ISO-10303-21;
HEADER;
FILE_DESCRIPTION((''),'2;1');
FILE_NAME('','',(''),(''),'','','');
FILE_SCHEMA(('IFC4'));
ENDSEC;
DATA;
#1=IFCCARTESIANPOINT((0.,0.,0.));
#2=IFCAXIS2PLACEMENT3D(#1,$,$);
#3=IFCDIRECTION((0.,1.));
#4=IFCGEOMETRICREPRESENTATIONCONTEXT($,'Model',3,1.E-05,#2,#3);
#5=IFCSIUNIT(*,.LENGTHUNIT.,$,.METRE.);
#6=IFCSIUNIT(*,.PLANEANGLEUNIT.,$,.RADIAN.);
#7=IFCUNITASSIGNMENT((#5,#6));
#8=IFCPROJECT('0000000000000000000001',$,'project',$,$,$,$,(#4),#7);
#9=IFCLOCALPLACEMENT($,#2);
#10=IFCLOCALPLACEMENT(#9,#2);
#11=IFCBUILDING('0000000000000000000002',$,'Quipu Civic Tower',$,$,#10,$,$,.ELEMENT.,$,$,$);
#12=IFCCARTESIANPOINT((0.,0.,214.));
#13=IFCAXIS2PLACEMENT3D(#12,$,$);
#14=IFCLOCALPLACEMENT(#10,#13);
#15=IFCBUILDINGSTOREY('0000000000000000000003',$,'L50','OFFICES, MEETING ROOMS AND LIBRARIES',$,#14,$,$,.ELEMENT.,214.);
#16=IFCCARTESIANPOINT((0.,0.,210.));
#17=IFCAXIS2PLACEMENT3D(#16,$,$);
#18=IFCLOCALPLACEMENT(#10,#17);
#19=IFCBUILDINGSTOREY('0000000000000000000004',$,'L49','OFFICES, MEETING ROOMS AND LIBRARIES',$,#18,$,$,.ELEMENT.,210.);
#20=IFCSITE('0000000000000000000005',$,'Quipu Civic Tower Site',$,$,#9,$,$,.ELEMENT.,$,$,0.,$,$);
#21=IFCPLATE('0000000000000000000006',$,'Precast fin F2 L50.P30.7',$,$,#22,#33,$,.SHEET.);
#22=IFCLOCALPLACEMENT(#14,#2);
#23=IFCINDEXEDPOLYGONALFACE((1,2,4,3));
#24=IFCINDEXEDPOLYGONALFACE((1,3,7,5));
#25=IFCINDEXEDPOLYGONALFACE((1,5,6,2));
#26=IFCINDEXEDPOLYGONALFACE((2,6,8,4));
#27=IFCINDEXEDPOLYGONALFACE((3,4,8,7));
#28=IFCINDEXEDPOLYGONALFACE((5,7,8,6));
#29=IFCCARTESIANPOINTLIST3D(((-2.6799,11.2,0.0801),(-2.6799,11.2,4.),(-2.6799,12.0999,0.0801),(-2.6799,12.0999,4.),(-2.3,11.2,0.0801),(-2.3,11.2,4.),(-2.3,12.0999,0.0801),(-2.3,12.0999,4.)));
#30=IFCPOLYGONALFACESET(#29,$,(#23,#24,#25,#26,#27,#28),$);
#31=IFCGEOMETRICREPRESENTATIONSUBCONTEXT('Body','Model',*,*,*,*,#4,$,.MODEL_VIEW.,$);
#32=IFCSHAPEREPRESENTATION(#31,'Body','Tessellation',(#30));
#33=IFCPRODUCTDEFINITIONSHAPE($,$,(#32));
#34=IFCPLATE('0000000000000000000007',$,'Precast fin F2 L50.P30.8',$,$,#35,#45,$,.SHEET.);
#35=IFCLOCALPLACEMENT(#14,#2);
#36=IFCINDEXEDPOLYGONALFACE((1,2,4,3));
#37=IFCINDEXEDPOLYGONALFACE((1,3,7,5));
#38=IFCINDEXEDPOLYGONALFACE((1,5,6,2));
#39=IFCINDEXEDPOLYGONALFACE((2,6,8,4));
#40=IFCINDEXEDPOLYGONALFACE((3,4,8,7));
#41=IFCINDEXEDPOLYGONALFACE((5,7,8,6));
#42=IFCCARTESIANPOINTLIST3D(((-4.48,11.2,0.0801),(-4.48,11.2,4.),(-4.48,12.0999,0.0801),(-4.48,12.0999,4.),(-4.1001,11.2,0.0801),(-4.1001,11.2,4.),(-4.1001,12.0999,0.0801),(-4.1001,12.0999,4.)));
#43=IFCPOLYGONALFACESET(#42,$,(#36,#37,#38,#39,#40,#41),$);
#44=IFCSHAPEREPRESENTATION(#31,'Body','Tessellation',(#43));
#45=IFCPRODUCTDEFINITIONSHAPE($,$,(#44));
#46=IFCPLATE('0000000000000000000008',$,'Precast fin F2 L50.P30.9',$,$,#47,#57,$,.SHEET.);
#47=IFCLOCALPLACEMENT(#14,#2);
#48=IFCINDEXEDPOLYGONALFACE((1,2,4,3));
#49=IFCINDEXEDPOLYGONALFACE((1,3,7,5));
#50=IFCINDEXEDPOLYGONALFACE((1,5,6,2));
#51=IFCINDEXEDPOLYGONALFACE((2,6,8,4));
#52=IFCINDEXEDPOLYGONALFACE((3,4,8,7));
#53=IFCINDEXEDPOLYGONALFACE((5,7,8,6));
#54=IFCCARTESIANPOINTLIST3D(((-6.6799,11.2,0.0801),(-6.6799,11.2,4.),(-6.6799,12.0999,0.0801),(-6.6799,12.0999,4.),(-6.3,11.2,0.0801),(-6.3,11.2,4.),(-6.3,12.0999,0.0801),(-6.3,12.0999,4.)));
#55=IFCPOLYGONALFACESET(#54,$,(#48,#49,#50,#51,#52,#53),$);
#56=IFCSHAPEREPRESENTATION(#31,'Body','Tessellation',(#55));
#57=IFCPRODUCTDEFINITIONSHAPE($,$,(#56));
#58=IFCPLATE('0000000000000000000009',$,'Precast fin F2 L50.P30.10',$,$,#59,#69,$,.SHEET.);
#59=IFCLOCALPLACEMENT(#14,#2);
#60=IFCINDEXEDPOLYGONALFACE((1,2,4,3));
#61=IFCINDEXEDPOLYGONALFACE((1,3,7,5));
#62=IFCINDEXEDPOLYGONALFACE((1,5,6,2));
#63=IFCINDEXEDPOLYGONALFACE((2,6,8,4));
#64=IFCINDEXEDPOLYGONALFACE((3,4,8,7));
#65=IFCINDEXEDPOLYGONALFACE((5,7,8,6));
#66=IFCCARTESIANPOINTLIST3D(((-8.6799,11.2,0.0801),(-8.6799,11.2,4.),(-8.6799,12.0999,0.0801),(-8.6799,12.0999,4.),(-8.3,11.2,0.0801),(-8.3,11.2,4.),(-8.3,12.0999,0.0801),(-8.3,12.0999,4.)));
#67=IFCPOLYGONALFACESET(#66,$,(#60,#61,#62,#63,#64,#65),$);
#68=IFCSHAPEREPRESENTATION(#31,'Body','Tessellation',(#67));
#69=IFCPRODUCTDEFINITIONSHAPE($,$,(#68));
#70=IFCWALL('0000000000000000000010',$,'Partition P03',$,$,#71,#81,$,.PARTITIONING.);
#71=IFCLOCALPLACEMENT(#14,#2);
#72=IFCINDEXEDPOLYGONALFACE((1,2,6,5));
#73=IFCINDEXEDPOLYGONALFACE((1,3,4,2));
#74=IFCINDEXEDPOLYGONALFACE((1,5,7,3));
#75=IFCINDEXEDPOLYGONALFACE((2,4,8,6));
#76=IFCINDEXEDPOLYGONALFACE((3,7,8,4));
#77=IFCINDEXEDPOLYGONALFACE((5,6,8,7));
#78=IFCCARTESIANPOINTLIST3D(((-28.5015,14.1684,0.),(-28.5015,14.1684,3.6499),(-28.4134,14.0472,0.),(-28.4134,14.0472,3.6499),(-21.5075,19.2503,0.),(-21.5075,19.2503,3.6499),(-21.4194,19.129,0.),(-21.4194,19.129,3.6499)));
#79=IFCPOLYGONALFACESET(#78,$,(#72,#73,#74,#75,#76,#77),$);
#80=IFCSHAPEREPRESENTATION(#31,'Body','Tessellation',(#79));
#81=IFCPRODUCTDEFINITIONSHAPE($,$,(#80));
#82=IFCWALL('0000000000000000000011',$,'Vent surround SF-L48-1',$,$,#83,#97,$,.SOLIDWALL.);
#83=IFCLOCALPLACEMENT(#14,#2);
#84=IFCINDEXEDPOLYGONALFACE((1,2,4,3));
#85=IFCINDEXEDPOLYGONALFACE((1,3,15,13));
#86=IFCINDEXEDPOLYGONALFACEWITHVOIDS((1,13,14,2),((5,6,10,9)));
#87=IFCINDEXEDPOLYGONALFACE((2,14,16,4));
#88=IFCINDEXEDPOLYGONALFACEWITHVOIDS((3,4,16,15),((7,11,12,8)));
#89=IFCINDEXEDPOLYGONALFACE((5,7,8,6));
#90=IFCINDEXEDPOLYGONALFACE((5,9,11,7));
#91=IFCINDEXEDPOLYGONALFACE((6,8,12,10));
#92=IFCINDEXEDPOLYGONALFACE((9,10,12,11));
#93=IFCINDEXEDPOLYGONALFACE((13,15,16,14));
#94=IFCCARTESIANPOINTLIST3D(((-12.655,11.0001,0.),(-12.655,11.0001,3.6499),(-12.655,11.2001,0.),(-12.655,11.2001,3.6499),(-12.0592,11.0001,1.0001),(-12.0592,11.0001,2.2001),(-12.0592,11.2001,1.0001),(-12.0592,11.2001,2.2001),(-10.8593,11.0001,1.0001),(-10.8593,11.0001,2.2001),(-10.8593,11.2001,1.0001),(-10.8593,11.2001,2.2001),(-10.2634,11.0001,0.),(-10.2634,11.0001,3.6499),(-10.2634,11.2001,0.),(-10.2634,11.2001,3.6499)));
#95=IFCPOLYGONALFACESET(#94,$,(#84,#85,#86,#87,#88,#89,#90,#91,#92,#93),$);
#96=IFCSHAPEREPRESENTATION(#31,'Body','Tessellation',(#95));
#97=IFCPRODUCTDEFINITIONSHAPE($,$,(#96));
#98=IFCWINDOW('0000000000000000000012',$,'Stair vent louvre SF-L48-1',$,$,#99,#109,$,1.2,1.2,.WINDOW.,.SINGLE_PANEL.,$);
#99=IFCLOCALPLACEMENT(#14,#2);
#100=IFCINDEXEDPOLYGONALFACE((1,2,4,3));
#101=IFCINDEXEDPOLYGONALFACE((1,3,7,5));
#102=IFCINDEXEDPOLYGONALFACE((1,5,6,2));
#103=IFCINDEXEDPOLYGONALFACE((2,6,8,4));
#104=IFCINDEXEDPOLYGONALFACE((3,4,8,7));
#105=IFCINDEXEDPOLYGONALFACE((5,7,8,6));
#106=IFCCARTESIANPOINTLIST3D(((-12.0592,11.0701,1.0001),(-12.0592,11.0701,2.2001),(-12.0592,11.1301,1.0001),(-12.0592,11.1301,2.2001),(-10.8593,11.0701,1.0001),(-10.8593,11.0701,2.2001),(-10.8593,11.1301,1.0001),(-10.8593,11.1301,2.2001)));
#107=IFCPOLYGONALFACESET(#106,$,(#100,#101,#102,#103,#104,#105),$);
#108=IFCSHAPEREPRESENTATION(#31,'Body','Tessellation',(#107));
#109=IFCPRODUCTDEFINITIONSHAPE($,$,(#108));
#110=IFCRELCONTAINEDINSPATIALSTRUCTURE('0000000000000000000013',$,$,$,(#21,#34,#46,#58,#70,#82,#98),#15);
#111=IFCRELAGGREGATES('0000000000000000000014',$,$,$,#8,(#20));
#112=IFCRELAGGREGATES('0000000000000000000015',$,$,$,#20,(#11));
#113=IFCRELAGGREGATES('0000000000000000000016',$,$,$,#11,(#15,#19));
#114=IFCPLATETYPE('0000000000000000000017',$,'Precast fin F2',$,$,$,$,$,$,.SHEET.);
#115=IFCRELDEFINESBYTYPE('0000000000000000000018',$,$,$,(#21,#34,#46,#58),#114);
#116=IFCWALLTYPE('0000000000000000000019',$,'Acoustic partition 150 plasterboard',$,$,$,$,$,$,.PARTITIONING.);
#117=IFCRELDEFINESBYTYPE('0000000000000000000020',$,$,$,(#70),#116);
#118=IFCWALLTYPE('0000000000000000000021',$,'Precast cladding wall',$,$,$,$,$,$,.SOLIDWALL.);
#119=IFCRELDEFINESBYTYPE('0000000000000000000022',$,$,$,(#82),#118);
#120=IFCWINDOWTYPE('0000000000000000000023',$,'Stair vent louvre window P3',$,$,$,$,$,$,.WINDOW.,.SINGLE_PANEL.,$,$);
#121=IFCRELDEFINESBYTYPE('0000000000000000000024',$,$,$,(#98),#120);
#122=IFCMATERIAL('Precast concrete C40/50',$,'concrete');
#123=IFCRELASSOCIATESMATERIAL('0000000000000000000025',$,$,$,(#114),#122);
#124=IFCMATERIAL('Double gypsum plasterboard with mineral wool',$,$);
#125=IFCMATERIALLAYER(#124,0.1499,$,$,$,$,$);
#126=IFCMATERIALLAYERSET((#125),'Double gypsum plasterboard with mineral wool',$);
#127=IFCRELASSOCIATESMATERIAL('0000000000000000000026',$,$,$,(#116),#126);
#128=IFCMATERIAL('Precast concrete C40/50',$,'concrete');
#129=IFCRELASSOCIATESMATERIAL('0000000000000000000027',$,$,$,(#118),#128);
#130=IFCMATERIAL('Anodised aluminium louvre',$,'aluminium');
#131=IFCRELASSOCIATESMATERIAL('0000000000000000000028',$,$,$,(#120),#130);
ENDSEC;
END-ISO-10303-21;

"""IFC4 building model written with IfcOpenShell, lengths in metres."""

from ifc_helpers import new_model, si_unit, direction, frame, frame_2d, origin, origin_2d, place, context, subcontext, project, spatial, rectangle, extrude, material, layer, layer_set, type_object, element, fill, save


model = new_model("IFC4")

# Units and contexts
model_context = context("Model", 3, precision=1e-05, world=origin(), true_north=direction((0.0, 1.0)))
body_context = subcontext(model_context, "Body", "Model", "MODEL_VIEW")
ifc_project = project(units=[si_unit("LENGTHUNIT", "METRE"), si_unit("PLANEANGLEUNIT", "RADIAN")], contexts=[model_context])

# Site, building, storey
site_placement = place(None, origin())
site = spatial("IfcSite", under=ifc_project, at=site_placement, Name="Quipu Civic Tower Site", CompositionType="ELEMENT", RefElevation=0.0)
building_placement = place(site_placement, origin())
building = spatial("IfcBuilding", under=site, at=building_placement, Name="Quipu Civic Tower", CompositionType="ELEMENT")
storey_1_placement = place(building_placement, frame((0.0, 0.0, 214.0)))
storey_1 = spatial("IfcBuildingStorey", under=building, at=storey_1_placement, Name="L50", Description="OFFICES, MEETING ROOMS AND LIBRARIES", CompositionType="ELEMENT", Elevation=214.0)

# Shared definitions
storey_2_placement = place(building_placement, frame((0.0, 0.0, 210.0)))
storey_2 = spatial("IfcBuildingStorey", under=building, at=storey_2_placement, Name="L49", Description="OFFICES, MEETING ROOMS AND LIBRARIES", CompositionType="ELEMENT", Elevation=210.0)

# Plates
ifc_material_1 = material(Name="Precast concrete C40/50", Category="concrete")
plate_type_1 = type_object("IfcPlateType", Name="Precast fin F2", PredefinedType="SHEET", material=ifc_material_1)
for number, where, z_axis, x_axis, name in (
    (1, (-2.49, 11.6499, 0.0801), (0.0, 0.0, 1.0), (-1.0, 0.0, 0.0), "Precast fin F2 L50.P30.7"),
    (2, (-4.29, 11.6499, 0.0801), (0.0, 0.0, 1.0), (-1.0, 0.0, 0.0), "Precast fin F2 L50.P30.8"),
    (3, (-6.49, 11.6499, 0.0801), (0.0, 0.0, 1.0), (-1.0, 0.0, 0.0), "Precast fin F2 L50.P30.9"),
    (4, (-8.49, 11.6499, 0.0801), (0.0, 0.0, 1.0), (-1.0, 0.0, 0.0), "Precast fin F2 L50.P30.10"),
):
    element("IfcPlate", number, at=place(storey_1_placement, frame(where, z_axis=z_axis, x_axis=x_axis)), inside=storey_1, type_object=plate_type_1, Name=name, PredefinedType="SHEET", context=body_context, shape_type="SweptSolid", body=[
        extrude(rectangle(XDim=0.3799, YDim=0.8999, at=origin_2d()), origin(), (0.0, 0.0, 1.0), 3.9199),
    ])

# Wall
ifc_material_2 = material(Name="Double gypsum plasterboard with mineral wool")
ifc_layer_1 = layer(ifc_material_2, 0.1499)
ifc_layer_set_1 = layer_set([ifc_layer_1], Name="Double gypsum plasterboard with mineral wool")
wall_type_1 = type_object("IfcWallType", Name="Acoustic partition 150 plasterboard", PredefinedType="PARTITIONING", material=ifc_layer_set_1)
wall_1_placement = place(storey_1_placement, frame((-21.4634, 19.1897, 0.0), z_axis=(0.0, 0.0, 1.0), x_axis=(-0.808994, -0.587817, 0.0)))
element("IfcWall", 5, at=wall_1_placement, inside=storey_1, type_object=wall_type_1, Name="Partition P03", PredefinedType="PARTITIONING", context=body_context, shape_type="SweptSolid", body=[
    extrude(rectangle(XDim=8.6453, YDim=0.1499, at=frame_2d((4.3228, 0.0))), origin(), (0.0, 0.0, 1.0), 3.6499),
])

# Wall, opening, window
ifc_material_3 = material(Name="Precast concrete C40/50", Category="concrete")
wall_type_2 = type_object("IfcWallType", Name="Precast cladding wall", PredefinedType="SOLIDWALL", material=ifc_material_3)
wall_2_placement = place(storey_1_placement, frame((-10.2634, 11.1001, 0.0), z_axis=(0.0, 0.0, 1.0), x_axis=(-1.0, 0.0, 0.0)))
wall_2 = element("IfcWall", 6, at=wall_2_placement, inside=storey_1, type_object=wall_type_2, Name="Vent surround SF-L48-1", PredefinedType="SOLIDWALL", context=body_context, shape_type="SweptSolid", body=[
    extrude(rectangle(XDim=2.3916, YDim=0.2, at=frame_2d((1.1958, 0.0))), origin(), (0.0, 0.0, 1.0), 3.6499),
])
opening_placement = place(wall_2_placement, frame((0.5957, 0.0, 1.0)))
opening = element("IfcOpeningElement", 7, at=opening_placement, cuts=wall_2, PredefinedType="OPENING", context=body_context, shape_type="SweptSolid", body=[
    extrude(rectangle(XDim=1.2, YDim=1.2, at=frame_2d((0.6001, 0.6001))), frame((0.0, 0.1099, 0.0), z_axis=(0.0, -1.0, 0.0), x_axis=(1.0, 0.0, 0.0)), (0.0, 0.0, 1.0), 0.22),
])
ifc_material_4 = material(Name="Anodised aluminium louvre", Category="aluminium")
window_type = type_object("IfcWindowType", Name="Stair vent louvre window P3", PartitioningType="SINGLE_PANEL", PredefinedType="WINDOW", material=ifc_material_4)
window_placement = place(opening_placement, origin())
window = element("IfcWindow", 8, at=window_placement, inside=storey_1, type_object=window_type, Name="Stair vent louvre SF-L48-1", OverallHeight=1.2, OverallWidth=1.2, PartitioningType="SINGLE_PANEL", PredefinedType="WINDOW", context=body_context, shape_type="SweptSolid", body=[
    extrude(rectangle(XDim=1.2, YDim=1.2, at=frame_2d((0.6001, 0.6001))), frame((0.0, 0.03, 0.0), z_axis=(0.0, -1.0, 0.0), x_axis=(1.0, 0.0, 0.0)), (0.0, 0.0, 1.0), 0.0601),
])
fill(opening, window)

save(model, "model.ifc")
